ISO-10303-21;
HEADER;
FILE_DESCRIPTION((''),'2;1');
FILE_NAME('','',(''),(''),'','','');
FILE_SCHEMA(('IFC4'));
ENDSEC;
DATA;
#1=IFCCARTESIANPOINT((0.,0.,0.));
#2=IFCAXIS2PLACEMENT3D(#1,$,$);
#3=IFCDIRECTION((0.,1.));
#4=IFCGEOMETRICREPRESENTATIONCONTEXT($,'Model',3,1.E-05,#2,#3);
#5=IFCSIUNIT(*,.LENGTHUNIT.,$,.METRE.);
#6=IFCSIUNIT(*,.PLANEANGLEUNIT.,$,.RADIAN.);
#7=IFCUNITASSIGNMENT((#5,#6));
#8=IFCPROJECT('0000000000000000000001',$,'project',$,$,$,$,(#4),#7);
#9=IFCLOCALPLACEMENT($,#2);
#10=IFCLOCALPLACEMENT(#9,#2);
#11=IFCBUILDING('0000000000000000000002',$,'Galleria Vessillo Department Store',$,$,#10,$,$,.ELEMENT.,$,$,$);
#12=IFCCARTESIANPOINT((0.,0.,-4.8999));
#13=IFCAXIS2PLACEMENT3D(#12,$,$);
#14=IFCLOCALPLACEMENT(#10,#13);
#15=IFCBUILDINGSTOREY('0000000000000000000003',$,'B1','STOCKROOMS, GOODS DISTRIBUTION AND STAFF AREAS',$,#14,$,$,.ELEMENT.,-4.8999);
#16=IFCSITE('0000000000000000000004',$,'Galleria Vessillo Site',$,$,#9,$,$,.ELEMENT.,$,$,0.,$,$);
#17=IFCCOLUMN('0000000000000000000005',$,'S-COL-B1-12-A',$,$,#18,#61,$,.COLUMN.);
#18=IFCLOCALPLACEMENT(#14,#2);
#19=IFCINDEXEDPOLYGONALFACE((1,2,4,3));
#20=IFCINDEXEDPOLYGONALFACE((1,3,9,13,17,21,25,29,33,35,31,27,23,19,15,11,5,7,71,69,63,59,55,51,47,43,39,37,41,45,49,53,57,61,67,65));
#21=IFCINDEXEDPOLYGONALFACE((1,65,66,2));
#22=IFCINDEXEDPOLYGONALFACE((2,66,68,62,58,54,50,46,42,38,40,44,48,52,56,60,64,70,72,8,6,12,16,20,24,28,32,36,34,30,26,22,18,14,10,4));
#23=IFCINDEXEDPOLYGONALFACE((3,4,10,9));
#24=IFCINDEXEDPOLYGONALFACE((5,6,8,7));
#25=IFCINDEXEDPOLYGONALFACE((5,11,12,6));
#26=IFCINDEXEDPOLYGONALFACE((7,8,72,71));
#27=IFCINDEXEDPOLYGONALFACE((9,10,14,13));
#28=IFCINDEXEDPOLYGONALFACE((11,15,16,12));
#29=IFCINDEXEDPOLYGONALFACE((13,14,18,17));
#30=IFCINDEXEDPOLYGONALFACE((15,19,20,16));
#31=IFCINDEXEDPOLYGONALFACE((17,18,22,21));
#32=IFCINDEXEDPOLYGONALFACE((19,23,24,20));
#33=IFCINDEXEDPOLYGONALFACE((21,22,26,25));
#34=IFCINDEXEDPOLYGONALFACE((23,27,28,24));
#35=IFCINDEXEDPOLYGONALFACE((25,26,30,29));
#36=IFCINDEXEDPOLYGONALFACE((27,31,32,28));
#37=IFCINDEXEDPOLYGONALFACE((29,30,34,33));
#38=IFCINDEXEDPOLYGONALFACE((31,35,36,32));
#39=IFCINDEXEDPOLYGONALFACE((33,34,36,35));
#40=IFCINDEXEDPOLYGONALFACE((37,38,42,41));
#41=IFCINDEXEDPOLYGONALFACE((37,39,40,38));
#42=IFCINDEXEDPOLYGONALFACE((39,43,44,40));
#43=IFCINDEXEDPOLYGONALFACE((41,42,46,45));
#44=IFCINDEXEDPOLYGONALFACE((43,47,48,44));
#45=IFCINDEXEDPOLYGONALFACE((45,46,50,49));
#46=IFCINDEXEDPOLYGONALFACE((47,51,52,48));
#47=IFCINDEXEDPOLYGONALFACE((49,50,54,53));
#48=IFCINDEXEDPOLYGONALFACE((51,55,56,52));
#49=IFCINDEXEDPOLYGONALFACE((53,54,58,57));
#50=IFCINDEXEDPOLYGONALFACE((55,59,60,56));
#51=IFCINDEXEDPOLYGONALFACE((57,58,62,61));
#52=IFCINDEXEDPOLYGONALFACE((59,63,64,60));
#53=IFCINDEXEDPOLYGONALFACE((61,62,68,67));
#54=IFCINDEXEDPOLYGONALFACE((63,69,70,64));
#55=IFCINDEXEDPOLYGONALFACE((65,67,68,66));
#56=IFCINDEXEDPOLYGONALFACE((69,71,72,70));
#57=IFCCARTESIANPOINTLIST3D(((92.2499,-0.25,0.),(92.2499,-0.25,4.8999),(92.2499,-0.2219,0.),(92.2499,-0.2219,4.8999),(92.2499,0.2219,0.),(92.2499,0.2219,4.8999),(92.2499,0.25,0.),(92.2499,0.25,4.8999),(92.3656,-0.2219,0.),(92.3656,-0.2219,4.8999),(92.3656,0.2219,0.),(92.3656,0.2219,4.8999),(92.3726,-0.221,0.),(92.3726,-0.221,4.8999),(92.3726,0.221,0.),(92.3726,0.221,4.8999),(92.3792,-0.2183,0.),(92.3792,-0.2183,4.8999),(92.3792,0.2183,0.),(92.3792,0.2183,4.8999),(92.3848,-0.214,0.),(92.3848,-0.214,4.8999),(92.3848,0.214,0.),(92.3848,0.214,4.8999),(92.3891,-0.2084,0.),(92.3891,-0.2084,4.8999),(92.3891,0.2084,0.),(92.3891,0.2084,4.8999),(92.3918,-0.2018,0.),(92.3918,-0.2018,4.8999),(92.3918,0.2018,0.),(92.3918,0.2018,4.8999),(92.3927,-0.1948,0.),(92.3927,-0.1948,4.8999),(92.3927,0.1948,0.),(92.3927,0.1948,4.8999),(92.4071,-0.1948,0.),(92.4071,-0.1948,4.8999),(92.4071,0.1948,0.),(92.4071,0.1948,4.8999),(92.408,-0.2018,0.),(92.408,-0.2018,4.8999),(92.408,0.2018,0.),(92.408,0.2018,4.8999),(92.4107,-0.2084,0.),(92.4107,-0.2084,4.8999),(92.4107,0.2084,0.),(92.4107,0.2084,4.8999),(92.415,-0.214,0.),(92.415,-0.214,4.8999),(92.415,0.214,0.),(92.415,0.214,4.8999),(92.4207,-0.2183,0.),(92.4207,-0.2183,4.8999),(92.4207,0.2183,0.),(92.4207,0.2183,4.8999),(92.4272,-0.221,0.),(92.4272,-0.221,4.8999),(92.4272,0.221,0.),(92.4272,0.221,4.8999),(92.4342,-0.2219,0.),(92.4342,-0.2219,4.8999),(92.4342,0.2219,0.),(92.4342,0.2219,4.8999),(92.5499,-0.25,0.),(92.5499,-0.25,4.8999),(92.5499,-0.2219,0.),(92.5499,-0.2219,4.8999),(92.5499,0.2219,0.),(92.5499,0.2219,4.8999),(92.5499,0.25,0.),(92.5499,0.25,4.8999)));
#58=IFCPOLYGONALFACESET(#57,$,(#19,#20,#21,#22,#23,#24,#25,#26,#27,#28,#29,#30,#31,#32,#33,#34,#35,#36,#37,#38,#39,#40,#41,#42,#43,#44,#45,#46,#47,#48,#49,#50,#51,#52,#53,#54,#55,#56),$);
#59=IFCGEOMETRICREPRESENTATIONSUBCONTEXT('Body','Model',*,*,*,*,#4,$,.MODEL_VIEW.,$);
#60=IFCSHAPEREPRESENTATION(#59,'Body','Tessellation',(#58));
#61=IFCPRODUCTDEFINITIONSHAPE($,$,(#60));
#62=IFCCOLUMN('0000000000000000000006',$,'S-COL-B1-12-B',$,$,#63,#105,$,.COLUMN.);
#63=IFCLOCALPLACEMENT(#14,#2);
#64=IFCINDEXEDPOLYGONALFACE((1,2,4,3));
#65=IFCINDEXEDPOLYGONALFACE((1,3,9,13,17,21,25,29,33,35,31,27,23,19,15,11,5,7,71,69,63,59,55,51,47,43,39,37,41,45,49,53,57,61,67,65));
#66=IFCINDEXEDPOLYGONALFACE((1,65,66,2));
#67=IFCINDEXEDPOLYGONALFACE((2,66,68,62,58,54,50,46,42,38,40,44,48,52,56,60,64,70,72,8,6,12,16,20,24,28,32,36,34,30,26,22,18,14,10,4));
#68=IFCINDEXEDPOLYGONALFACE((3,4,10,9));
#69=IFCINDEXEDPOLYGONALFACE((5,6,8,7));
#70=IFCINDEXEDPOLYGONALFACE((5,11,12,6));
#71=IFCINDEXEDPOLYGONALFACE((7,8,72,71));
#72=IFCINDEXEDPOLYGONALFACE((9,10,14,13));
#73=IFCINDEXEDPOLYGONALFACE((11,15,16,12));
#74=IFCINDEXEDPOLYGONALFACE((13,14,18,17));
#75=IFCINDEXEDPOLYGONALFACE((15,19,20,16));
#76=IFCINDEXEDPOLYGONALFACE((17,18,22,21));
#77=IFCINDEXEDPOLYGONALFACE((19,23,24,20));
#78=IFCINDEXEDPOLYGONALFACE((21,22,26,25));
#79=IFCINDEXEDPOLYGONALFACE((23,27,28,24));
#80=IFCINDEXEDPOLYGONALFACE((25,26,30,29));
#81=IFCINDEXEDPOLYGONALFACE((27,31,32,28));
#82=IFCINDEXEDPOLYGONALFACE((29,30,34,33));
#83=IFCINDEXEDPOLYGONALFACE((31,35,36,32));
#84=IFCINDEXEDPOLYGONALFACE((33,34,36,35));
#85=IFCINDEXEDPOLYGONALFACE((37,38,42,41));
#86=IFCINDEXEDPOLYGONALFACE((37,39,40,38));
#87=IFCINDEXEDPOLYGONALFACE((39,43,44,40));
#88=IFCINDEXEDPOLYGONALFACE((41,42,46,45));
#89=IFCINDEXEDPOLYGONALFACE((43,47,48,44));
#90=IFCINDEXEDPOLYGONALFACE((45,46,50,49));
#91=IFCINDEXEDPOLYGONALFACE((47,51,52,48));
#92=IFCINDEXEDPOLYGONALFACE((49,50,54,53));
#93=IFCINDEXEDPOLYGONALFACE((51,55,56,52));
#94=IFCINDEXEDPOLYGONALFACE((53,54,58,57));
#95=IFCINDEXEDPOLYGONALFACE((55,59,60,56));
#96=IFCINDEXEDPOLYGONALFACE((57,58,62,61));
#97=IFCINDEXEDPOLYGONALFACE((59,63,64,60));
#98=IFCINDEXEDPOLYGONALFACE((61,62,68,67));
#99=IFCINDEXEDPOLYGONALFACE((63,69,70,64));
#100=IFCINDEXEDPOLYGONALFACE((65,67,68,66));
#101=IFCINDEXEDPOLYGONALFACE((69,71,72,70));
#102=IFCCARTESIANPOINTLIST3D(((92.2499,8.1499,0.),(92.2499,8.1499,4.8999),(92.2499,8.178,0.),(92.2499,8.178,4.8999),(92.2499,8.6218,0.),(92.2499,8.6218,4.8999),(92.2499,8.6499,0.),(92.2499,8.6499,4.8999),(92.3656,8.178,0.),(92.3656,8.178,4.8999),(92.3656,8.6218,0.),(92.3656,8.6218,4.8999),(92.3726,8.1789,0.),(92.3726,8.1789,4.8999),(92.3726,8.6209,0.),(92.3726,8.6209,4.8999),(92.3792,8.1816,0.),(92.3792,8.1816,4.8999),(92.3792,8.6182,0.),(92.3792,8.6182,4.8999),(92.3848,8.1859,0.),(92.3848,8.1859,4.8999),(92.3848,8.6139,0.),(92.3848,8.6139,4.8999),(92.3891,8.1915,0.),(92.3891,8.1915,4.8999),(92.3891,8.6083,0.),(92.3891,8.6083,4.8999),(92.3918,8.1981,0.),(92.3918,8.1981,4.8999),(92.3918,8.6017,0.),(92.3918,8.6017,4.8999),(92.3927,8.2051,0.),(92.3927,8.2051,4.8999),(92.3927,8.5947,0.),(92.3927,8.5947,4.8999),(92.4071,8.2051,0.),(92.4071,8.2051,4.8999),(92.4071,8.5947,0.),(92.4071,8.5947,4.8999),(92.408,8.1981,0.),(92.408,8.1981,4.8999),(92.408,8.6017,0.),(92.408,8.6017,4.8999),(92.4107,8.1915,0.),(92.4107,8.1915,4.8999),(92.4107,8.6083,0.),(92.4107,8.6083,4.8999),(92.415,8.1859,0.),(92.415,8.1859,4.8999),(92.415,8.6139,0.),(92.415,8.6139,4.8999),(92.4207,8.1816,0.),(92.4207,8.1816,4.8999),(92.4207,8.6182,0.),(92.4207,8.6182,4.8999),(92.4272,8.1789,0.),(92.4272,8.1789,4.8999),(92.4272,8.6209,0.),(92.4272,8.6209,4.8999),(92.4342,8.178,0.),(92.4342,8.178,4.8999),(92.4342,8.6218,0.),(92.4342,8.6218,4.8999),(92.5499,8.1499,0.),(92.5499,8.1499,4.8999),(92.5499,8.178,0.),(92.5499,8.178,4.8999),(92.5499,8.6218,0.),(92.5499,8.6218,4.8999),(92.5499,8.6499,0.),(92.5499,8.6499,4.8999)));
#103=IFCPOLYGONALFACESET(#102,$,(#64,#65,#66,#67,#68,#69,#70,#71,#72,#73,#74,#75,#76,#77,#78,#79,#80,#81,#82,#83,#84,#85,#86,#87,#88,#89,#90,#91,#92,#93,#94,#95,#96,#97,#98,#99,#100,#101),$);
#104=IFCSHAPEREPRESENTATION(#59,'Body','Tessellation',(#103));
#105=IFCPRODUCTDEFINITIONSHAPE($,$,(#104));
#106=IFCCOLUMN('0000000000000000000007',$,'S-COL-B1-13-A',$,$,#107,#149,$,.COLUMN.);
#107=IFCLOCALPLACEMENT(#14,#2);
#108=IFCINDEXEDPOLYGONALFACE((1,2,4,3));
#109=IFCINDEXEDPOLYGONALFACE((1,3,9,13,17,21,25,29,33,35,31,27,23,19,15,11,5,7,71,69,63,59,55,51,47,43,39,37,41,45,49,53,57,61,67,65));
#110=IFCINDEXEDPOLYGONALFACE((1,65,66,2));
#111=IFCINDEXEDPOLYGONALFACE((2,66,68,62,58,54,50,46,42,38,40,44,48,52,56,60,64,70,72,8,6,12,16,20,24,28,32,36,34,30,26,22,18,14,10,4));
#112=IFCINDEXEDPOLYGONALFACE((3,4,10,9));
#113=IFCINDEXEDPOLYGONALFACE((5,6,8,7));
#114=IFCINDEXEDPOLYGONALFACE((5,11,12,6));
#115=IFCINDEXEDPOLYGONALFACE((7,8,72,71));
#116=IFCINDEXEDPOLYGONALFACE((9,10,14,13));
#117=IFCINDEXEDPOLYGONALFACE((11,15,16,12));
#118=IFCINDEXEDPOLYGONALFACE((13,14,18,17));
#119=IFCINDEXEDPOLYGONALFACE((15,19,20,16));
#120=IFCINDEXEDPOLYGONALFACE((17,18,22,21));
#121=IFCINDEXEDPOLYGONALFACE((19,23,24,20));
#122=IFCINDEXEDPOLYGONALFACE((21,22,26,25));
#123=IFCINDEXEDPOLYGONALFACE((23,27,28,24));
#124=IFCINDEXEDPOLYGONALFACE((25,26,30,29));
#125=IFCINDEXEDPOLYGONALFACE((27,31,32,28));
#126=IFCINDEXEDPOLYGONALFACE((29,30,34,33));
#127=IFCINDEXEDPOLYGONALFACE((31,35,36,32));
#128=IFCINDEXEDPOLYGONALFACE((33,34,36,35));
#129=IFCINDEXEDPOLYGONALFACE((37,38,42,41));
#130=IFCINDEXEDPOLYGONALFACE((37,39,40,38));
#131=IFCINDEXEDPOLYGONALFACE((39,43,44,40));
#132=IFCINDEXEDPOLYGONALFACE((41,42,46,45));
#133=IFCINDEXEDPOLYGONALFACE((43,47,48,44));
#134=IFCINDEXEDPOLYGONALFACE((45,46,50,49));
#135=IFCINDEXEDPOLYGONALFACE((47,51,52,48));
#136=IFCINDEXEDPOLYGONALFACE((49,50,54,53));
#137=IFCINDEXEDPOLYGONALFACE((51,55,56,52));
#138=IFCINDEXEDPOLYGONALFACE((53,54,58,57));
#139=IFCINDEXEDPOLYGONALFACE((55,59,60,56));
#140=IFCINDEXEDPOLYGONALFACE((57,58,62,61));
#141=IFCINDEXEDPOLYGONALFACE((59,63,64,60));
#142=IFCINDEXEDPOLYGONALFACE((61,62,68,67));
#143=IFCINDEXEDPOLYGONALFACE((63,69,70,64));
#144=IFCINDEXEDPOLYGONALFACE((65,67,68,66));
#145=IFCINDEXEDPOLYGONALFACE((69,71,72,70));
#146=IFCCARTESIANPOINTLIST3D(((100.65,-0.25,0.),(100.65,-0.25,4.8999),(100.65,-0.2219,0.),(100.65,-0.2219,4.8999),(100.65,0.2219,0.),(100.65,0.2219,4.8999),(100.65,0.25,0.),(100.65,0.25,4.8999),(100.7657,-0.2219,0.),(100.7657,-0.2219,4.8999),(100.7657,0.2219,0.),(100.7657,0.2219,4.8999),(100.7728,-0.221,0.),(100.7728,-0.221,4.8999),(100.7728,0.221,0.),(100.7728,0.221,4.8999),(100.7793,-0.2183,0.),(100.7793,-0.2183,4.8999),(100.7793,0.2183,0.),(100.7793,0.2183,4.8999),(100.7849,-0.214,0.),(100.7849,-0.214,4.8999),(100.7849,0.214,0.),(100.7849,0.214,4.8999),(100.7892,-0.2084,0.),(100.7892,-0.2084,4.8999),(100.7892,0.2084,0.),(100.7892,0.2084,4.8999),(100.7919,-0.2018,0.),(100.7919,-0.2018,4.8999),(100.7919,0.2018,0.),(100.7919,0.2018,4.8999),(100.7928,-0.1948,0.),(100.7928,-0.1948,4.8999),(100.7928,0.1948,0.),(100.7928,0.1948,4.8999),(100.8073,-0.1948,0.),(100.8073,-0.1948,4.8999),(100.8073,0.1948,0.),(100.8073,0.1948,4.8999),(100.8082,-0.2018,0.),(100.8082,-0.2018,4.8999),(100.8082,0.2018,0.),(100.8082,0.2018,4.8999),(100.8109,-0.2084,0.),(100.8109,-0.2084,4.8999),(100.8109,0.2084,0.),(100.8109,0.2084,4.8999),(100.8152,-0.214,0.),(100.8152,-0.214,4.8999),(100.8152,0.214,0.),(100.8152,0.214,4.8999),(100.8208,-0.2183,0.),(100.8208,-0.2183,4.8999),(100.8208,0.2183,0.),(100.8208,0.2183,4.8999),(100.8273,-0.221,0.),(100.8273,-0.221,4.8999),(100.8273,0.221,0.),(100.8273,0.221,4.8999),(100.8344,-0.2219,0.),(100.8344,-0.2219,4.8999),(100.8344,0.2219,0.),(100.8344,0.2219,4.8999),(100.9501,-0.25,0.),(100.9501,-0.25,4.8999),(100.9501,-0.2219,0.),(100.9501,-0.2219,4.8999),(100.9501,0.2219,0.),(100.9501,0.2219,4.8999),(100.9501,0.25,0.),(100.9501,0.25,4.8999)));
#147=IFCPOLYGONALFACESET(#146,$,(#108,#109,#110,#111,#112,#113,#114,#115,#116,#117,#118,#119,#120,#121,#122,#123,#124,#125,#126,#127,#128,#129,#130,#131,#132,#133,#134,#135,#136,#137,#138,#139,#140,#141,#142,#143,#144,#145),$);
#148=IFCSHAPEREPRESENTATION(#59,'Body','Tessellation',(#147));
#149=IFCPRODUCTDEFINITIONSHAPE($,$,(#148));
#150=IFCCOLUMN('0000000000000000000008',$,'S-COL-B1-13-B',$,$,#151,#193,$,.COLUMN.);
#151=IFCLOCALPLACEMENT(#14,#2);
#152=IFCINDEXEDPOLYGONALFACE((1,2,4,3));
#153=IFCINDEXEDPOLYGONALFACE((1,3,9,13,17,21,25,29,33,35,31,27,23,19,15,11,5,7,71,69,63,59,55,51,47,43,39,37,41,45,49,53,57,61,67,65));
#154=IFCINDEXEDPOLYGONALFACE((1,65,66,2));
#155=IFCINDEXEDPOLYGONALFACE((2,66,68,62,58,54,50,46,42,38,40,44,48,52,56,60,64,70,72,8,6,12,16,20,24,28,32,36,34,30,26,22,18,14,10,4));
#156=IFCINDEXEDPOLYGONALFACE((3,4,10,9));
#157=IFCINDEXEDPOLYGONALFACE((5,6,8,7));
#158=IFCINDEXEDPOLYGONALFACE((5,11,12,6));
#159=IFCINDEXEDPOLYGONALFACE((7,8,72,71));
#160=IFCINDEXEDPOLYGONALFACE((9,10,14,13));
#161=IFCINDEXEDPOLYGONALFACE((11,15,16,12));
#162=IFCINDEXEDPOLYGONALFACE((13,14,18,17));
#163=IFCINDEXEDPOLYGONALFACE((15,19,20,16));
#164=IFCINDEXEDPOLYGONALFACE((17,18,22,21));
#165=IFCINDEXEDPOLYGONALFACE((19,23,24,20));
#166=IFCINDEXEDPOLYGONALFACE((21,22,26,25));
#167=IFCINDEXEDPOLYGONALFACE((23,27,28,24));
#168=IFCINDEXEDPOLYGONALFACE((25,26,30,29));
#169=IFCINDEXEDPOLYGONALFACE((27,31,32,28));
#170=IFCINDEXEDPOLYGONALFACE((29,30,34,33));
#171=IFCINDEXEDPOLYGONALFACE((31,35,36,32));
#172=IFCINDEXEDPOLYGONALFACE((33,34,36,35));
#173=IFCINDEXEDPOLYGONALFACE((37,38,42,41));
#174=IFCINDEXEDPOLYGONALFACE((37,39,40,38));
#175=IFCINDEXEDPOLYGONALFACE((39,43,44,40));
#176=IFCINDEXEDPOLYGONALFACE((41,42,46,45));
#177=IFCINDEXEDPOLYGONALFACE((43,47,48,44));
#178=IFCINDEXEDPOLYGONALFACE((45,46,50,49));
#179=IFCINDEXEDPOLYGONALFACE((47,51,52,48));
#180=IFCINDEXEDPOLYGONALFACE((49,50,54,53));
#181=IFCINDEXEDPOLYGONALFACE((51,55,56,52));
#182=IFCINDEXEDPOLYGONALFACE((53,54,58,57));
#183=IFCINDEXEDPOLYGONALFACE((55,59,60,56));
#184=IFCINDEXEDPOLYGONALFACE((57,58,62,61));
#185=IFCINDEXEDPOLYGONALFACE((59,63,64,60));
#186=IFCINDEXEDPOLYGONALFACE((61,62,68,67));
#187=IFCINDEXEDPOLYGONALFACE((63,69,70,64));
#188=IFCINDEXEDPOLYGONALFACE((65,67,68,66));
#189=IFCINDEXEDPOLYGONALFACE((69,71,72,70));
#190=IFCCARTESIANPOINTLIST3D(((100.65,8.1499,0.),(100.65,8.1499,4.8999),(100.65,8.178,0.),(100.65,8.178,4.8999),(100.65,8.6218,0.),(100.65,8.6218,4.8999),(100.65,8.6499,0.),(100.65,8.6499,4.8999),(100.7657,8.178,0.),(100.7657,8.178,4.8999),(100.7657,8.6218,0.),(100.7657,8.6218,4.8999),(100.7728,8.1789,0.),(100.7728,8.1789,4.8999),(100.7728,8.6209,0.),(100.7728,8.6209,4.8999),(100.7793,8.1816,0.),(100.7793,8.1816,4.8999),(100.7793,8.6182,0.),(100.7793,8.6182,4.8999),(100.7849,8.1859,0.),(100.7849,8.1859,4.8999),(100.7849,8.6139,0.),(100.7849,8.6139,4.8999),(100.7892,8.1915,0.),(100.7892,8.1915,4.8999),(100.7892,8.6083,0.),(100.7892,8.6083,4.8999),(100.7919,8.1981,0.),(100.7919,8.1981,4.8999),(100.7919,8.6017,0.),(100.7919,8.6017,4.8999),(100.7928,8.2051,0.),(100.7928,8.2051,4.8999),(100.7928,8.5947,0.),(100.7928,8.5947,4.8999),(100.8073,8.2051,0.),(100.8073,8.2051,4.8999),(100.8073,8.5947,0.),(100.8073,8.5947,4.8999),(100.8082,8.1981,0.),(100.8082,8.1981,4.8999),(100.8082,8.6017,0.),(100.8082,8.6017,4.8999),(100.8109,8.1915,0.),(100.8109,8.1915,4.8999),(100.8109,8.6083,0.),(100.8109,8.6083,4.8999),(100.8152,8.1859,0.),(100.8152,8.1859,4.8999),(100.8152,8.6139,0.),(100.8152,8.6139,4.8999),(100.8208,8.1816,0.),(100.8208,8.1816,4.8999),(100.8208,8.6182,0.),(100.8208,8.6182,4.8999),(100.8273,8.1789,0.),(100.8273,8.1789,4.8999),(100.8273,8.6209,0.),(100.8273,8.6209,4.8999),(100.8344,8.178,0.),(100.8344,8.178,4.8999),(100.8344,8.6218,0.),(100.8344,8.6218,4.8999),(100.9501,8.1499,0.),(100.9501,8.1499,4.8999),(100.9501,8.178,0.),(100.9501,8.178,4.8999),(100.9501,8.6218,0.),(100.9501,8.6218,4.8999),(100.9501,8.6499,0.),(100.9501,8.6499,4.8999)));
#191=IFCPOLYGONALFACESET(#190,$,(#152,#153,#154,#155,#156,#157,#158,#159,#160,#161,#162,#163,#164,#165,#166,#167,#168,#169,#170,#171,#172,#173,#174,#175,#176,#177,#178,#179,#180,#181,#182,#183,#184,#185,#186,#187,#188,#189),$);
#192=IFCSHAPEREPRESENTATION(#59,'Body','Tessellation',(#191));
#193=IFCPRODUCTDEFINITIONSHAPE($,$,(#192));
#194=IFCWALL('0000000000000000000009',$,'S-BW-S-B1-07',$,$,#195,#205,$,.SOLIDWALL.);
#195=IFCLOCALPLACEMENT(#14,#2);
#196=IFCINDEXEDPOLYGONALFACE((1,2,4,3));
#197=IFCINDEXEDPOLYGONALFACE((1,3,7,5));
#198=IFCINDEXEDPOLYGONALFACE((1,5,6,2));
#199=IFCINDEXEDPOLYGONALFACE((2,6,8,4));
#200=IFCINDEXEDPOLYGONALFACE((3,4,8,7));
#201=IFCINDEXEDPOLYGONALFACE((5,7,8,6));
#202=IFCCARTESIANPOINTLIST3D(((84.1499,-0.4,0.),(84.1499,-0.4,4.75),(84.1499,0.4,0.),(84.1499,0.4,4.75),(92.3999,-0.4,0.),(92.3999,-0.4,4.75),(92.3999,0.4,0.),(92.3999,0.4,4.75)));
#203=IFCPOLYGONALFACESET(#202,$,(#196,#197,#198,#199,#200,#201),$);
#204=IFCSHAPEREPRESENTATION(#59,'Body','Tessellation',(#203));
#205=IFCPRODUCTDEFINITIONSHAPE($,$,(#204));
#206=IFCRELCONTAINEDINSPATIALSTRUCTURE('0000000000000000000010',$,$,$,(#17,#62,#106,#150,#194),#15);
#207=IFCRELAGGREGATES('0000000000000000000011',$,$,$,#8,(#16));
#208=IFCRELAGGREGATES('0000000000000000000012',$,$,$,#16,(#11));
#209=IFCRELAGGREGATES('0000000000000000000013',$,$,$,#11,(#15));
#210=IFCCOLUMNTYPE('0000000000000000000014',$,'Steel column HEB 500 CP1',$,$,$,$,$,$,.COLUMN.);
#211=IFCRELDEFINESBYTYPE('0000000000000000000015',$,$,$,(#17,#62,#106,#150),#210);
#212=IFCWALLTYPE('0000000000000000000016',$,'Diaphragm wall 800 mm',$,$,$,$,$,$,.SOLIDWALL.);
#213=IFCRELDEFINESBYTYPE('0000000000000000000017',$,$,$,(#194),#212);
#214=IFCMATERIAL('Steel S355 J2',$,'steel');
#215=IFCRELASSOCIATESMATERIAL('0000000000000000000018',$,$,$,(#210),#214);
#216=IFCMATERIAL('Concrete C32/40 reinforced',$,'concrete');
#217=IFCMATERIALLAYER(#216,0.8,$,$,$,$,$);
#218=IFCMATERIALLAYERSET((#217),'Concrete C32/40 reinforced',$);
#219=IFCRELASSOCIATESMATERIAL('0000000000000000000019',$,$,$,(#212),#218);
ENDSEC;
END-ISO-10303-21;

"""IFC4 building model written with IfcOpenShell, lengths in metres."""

from ifc_helpers import new_model, si_unit, direction, frame, frame_2d, origin, origin_2d, place, context, subcontext, project, spatial, rectangle, i_section, extrude, material, layer, layer_set, material_profile, profile_set, type_object, element, save


model = new_model("IFC4")

# Units and contexts
model_context = context("Model", 3, precision=1e-05, world=origin(), true_north=direction((0.0, 1.0)))
body_context = subcontext(model_context, "Body", "Model", "MODEL_VIEW")
ifc_project = project(units=[si_unit("LENGTHUNIT", "METRE"), si_unit("PLANEANGLEUNIT", "RADIAN")], contexts=[model_context])

# Site, building, storey
site_placement = place(None, origin())
site = spatial("IfcSite", under=ifc_project, at=site_placement, Name="Galleria Vessillo Site", CompositionType="ELEMENT", RefElevation=0.0)
building_placement = place(site_placement, origin())
building = spatial("IfcBuilding", under=site, at=building_placement, Name="Galleria Vessillo Department Store", CompositionType="ELEMENT")
storey_placement = place(building_placement, frame((0.0, 0.0, -4.8999)))
storey = spatial("IfcBuildingStorey", under=building, at=storey_placement, Name="B1", Description="STOCKROOMS, GOODS DISTRIBUTION AND STAFF AREAS", CompositionType="ELEMENT", Elevation=-4.8999)

# Columns
ifc_material_1 = material(Name="Steel S355 J2", Category="steel")
ifc_material_profile = material_profile(ifc_material_1, i_section(OverallWidth=0.3, OverallDepth=0.5, WebThickness=0.0144, FlangeThickness=0.0281, FilletRadius=0.0271, at=origin_2d()), Name="HEB 500")
ifc_profile_set = profile_set([ifc_material_profile], Name="Steel S355 J2")
column_type = type_object("IfcColumnType", Name="Steel column HEB 500 CP1", PredefinedType="COLUMN", material=ifc_profile_set)
for number, where, z_axis, x_axis, name in (
    (1, (92.3999, 0.0, 0.0), (0.0, 0.0, 1.0), (1.0, 0.0, 0.0), "S-COL-B1-12-A"),
    (2, (92.3999, 8.3999, 0.0), (0.0, 0.0, 1.0), (1.0, 0.0, 0.0), "S-COL-B1-12-B"),
    (3, (100.8, 0.0, 0.0), (0.0, 0.0, 1.0), (1.0, 0.0, 0.0), "S-COL-B1-13-A"),
    (4, (100.8, 8.3999, 0.0), (0.0, 0.0, 1.0), (1.0, 0.0, 0.0), "S-COL-B1-13-B"),
):
    element("IfcColumn", number, at=place(storey_placement, frame(where, z_axis=z_axis, x_axis=x_axis)), inside=storey, type_object=column_type, Name=name, PredefinedType="COLUMN", context=body_context, shape_type="SweptSolid", body=[
        extrude(i_section(OverallWidth=0.3, OverallDepth=0.5, WebThickness=0.0144, FlangeThickness=0.0281, FilletRadius=0.0271, at=origin_2d()), origin(), (0.0, 0.0, 1.0), 4.8999),
    ])

# Wall
ifc_material_2 = material(Name="Concrete C32/40 reinforced", Category="concrete")
ifc_layer_1 = layer(ifc_material_2, 0.8)
ifc_layer_set_1 = layer_set([ifc_layer_1], Name="Concrete C32/40 reinforced")
wall_type_1 = type_object("IfcWallType", Name="Diaphragm wall 800 mm", PredefinedType="SOLIDWALL", material=ifc_layer_set_1)
wall_1_placement = place(storey_placement, frame((84.1499, 0.0, 0.0), z_axis=(0.0, 0.0, 1.0), x_axis=(1.0, 0.0, 0.0)))
element("IfcWall", 5, at=wall_1_placement, inside=storey, type_object=wall_type_1, Name="S-BW-S-B1-07", PredefinedType="SOLIDWALL", context=body_context, shape_type="SweptSolid", body=[
    extrude(rectangle(XDim=8.25, YDim=0.8, at=frame_2d((4.125, 0.0))), origin(), (0.0, 0.0, 1.0), 4.75),
])

save(model, "model.ifc")
